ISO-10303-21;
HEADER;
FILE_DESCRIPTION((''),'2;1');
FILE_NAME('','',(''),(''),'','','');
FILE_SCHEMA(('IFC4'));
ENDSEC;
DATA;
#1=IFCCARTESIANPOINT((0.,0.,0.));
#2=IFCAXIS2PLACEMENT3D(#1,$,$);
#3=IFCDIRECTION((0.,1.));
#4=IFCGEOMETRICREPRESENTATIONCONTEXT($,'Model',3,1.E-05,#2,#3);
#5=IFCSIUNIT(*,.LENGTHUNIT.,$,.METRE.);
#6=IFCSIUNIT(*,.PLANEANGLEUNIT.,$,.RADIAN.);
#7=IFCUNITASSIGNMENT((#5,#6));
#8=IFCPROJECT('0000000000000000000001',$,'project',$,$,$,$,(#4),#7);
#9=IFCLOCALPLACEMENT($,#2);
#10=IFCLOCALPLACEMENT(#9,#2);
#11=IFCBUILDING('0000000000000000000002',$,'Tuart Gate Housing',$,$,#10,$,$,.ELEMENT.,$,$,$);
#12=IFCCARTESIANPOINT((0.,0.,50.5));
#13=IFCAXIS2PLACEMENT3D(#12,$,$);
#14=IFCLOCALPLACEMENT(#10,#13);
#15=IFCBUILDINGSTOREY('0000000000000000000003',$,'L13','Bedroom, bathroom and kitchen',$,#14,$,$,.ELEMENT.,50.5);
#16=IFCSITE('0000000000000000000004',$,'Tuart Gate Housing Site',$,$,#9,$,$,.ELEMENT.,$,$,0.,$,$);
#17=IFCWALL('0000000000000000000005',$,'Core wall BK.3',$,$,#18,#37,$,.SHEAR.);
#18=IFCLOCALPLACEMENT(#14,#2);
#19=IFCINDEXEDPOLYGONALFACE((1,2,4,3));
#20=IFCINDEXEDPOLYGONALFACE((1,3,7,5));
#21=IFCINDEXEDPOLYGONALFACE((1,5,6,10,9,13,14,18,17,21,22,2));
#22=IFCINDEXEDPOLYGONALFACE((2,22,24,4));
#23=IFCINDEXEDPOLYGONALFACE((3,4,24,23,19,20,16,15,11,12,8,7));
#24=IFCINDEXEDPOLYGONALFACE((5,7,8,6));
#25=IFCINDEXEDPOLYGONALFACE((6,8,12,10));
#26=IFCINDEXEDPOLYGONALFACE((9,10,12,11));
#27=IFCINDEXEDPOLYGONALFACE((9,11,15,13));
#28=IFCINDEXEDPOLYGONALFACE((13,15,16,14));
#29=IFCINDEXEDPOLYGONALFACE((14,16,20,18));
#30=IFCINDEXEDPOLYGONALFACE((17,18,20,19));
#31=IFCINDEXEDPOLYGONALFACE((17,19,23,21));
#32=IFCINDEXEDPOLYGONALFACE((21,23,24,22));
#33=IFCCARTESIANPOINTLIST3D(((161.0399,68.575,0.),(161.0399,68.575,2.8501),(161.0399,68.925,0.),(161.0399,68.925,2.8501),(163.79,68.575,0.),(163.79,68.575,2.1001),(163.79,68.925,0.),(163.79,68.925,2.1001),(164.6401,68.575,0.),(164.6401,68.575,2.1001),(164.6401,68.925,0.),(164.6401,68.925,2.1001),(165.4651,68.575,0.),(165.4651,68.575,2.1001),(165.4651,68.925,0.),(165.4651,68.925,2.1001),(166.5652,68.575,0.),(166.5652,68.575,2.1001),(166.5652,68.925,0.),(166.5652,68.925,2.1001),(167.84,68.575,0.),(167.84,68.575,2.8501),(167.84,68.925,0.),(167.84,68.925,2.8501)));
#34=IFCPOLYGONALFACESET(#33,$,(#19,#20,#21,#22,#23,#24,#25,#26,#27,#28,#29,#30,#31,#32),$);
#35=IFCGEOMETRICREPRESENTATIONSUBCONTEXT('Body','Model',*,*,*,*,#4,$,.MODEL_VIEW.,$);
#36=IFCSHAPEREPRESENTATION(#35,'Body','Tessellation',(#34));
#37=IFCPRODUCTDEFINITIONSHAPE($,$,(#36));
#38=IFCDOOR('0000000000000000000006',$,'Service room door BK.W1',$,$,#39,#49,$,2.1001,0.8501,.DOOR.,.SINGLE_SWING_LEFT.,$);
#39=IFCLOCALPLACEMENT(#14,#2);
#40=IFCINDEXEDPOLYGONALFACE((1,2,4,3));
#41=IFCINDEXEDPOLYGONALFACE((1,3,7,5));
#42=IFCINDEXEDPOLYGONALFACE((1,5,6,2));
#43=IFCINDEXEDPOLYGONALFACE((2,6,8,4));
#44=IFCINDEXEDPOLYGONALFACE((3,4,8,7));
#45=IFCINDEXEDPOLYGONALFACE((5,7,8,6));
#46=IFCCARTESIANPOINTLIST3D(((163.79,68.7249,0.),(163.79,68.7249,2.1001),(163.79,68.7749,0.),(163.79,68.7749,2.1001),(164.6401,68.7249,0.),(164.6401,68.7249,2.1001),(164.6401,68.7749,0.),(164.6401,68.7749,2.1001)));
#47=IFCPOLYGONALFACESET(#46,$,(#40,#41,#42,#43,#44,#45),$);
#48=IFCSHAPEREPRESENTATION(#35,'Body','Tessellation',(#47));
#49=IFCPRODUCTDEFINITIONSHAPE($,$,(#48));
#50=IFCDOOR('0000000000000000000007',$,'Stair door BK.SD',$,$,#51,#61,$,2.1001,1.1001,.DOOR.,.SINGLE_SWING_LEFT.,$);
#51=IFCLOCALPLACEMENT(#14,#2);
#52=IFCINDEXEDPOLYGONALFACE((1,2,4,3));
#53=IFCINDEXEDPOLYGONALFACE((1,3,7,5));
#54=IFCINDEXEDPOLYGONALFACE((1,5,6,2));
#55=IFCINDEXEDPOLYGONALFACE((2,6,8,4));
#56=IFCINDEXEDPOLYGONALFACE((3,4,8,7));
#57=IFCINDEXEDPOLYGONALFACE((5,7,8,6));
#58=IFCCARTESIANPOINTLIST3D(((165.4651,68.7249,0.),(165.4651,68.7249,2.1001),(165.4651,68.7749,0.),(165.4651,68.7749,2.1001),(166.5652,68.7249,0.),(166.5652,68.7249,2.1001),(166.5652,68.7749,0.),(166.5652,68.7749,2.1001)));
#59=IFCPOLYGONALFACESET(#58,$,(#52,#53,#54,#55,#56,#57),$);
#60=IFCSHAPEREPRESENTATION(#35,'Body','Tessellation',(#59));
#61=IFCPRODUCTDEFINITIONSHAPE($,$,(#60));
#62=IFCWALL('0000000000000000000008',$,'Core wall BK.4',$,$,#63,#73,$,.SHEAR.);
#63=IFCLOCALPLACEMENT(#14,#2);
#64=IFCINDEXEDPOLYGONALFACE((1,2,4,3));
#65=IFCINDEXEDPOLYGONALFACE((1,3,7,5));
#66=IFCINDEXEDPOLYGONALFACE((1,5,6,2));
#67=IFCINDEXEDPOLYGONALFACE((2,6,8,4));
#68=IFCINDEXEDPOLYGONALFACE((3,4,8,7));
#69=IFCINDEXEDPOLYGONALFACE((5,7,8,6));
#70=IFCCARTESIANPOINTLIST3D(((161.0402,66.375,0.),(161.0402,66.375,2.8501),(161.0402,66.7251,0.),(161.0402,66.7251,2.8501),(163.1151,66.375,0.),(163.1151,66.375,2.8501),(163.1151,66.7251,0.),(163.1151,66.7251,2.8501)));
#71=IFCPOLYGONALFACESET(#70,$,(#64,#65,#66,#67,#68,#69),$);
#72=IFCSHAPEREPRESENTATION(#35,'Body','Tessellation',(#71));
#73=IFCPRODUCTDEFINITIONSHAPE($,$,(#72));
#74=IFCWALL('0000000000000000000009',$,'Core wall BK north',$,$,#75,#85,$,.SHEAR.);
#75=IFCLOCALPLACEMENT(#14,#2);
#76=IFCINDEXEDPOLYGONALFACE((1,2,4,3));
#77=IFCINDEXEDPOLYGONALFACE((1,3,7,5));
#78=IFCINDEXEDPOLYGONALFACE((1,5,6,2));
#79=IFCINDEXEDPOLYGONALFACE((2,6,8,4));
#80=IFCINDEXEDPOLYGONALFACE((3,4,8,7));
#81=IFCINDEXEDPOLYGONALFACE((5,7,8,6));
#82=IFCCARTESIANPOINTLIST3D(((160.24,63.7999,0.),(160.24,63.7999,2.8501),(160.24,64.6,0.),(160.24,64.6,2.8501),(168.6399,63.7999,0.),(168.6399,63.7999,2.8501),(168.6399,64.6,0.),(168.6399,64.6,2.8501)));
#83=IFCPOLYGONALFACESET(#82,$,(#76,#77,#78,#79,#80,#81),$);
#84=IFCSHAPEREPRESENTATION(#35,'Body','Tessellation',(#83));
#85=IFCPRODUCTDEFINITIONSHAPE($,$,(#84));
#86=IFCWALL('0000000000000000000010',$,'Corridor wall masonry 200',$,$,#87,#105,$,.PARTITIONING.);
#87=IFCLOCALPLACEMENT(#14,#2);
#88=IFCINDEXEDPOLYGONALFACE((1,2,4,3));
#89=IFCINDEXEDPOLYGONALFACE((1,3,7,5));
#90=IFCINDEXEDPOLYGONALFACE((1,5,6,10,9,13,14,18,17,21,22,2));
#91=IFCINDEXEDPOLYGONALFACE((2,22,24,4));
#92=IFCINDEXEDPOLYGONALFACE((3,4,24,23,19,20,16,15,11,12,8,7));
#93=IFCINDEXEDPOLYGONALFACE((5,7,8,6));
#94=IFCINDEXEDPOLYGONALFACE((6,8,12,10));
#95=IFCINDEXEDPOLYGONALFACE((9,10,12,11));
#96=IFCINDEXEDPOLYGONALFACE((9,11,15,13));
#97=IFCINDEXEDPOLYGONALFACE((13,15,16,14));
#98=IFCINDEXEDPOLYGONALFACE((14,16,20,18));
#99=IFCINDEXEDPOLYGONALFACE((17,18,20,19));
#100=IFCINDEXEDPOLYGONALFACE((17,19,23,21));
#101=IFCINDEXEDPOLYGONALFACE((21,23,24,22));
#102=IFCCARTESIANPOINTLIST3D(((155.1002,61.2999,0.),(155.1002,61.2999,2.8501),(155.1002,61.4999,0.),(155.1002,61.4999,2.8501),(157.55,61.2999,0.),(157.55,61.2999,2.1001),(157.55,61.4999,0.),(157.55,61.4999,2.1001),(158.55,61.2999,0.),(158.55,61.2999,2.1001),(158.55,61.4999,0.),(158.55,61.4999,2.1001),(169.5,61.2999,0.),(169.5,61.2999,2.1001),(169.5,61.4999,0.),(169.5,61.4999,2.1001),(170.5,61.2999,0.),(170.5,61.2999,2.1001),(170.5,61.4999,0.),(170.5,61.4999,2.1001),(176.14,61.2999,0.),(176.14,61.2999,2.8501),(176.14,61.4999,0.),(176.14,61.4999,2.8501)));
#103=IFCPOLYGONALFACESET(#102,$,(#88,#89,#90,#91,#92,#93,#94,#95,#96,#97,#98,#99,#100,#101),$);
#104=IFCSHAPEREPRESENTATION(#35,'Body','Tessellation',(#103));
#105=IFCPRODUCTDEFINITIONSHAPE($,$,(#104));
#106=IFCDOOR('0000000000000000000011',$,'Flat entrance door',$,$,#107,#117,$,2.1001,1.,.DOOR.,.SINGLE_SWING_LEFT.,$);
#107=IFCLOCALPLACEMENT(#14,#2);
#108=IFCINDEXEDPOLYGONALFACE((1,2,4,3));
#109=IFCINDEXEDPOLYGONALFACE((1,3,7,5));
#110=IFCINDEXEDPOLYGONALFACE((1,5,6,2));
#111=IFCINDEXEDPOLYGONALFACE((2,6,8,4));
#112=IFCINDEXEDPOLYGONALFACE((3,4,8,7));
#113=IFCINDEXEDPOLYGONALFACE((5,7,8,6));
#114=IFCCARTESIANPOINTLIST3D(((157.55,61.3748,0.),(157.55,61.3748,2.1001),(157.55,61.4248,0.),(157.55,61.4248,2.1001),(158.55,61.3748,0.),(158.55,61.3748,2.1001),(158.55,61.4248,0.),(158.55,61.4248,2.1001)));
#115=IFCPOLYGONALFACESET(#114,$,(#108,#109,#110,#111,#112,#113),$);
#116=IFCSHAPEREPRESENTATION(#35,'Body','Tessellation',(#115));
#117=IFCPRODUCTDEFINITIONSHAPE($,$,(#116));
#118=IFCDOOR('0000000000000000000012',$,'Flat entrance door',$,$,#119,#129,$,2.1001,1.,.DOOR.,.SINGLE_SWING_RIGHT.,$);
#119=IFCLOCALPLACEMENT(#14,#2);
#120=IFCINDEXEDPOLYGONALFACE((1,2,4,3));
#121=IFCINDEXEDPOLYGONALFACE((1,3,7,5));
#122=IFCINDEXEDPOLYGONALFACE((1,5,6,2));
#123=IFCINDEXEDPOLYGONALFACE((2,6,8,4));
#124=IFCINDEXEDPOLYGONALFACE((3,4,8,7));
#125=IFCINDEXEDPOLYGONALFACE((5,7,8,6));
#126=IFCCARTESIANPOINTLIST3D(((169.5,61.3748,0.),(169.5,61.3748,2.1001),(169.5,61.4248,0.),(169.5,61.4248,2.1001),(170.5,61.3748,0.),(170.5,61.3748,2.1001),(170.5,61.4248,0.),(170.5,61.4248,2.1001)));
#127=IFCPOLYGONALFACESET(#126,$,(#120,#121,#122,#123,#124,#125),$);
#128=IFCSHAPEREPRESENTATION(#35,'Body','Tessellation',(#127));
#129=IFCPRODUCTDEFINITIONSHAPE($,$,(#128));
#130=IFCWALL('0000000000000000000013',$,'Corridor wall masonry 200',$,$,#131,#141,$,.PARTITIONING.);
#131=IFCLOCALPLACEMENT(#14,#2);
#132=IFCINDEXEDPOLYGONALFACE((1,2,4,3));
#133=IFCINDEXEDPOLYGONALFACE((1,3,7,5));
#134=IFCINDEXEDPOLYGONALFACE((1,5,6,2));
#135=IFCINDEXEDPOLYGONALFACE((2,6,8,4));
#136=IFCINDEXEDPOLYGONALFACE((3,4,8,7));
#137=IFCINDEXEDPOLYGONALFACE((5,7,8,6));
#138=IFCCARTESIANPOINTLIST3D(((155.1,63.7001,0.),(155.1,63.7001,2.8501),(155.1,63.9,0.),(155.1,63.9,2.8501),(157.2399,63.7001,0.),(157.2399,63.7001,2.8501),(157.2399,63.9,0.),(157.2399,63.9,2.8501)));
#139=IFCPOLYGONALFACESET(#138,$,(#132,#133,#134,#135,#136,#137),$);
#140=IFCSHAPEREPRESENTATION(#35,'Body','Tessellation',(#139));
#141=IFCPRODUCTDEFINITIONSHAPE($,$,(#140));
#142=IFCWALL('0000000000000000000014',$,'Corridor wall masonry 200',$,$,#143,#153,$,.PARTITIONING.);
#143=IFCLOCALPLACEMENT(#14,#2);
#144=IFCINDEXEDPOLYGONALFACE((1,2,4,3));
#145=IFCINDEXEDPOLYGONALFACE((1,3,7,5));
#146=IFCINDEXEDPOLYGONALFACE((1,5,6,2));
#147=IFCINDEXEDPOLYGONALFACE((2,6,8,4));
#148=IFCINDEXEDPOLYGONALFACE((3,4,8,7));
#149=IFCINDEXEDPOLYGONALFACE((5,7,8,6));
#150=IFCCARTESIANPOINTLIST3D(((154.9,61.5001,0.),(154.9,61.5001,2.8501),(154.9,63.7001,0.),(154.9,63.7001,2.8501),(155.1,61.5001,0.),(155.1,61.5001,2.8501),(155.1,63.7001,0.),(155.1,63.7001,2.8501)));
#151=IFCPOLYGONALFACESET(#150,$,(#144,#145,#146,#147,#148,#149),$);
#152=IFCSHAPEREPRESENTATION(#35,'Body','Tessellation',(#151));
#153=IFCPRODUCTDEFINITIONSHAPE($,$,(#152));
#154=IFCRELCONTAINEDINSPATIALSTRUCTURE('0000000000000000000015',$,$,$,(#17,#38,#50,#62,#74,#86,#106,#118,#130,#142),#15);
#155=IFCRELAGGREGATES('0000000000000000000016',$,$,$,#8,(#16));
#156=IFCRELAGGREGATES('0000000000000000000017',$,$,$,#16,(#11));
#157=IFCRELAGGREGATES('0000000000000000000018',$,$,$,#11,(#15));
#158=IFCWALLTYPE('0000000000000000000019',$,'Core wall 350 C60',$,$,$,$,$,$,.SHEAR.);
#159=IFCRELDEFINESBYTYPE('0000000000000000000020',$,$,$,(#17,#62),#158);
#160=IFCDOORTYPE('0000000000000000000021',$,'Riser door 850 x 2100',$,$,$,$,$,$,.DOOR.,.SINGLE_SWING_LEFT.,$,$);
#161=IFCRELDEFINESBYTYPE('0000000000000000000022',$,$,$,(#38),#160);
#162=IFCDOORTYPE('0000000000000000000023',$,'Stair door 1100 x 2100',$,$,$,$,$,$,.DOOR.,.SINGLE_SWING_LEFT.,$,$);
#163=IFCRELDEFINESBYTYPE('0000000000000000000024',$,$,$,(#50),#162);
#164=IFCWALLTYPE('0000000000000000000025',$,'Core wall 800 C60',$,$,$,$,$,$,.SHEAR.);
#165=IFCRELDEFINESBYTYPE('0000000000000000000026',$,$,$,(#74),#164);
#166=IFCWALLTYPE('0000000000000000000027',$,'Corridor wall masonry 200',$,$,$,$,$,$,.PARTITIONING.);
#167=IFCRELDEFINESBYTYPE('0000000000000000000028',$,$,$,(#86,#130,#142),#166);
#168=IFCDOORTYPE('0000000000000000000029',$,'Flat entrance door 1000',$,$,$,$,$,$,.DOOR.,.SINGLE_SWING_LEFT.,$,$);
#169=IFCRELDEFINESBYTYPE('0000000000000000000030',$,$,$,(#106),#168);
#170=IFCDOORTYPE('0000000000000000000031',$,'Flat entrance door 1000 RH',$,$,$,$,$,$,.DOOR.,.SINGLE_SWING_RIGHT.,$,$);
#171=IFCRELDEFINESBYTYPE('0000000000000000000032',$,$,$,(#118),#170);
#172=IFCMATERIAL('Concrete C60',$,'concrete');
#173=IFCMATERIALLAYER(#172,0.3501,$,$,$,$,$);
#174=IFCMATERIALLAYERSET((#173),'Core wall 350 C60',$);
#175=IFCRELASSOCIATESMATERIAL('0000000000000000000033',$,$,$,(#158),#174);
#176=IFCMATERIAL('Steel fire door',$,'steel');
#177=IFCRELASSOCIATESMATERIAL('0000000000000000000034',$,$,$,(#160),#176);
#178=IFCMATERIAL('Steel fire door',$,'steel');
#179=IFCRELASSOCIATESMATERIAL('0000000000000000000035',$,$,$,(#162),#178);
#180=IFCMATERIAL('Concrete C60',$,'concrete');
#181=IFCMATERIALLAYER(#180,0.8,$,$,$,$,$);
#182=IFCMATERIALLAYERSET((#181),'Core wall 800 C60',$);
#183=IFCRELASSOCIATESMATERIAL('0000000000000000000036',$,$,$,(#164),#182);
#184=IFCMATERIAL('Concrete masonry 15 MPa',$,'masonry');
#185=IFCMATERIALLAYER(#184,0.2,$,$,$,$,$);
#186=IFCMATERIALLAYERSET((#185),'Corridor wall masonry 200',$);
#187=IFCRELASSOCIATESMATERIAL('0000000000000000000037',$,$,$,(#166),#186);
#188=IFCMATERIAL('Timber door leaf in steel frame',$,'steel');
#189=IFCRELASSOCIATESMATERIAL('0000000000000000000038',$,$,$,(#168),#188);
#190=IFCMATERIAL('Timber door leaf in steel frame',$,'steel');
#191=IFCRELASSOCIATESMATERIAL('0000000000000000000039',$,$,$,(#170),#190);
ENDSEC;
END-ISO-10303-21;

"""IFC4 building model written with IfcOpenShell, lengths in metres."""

from ifc_helpers import new_model, si_unit, direction, frame, frame_2d, origin, place, context, subcontext, project, spatial, rectangle, extrude, material, layer, layer_set, type_object, element, fill, save


model = new_model("IFC4")

# Units and contexts
model_context = context("Model", 3, precision=1e-05, world=origin(), true_north=direction((0.0, 1.0)))
body_context = subcontext(model_context, "Body", "Model", "MODEL_VIEW")
ifc_project = project(units=[si_unit("LENGTHUNIT", "METRE"), si_unit("PLANEANGLEUNIT", "RADIAN")], contexts=[model_context])

# Site, building, storey
site_placement = place(None, origin())
site = spatial("IfcSite", under=ifc_project, at=site_placement, Name="Tuart Gate Housing Site", CompositionType="ELEMENT", RefElevation=0.0)
building_placement = place(site_placement, origin())
building = spatial("IfcBuilding", under=site, at=building_placement, Name="Tuart Gate Housing", CompositionType="ELEMENT")
storey_placement = place(building_placement, frame((0.0, 0.0, 50.5)))
storey = spatial("IfcBuildingStorey", under=building, at=storey_placement, Name="L13", Description="Bedroom, bathroom and kitchen", CompositionType="ELEMENT", Elevation=50.5)

# Wall, openings, doors
ifc_material_1 = material(Name="Concrete C60", Category="concrete")
ifc_layer_1 = layer(ifc_material_1, 0.3501)
ifc_layer_set_1 = layer_set([ifc_layer_1], Name="Core wall 350 C60")
wall_type_1 = type_object("IfcWallType", Name="Core wall 350 C60", PredefinedType="SHEAR", material=ifc_layer_set_1)
wall_1_placement = place(storey_placement, frame((161.04, 68.75, 0.0), z_axis=(0.0, 0.0, 1.0), x_axis=(1.0, 0.0, 0.0)))
wall_1 = element("IfcWall", 1, at=wall_1_placement, inside=storey, type_object=wall_type_1, Name="Core wall BK.3", PredefinedType="SHEAR", context=body_context, shape_type="SweptSolid", body=[
    extrude(rectangle(XDim=6.8, YDim=0.3501, at=frame_2d((3.3999, 0.0))), origin(), (0.0, 0.0, 1.0), 2.8501),
])
opening_1_placement = place(wall_1_placement, frame((4.425, 0.0, 0.0)))
opening_1 = element("IfcOpeningElement", 2, at=opening_1_placement, cuts=wall_1, PredefinedType="OPENING", context=body_context, shape_type="SweptSolid", body=[
    extrude(rectangle(XDim=1.1001, YDim=2.1001, at=frame_2d((0.55, 1.05))), frame((0.0, 0.1851, 0.0), z_axis=(0.0, -1.0, 0.0), x_axis=(1.0, 0.0, 0.0)), (0.0, 0.0, 1.0), 0.3701),
])
opening_2_placement = place(wall_1_placement, frame((2.75, 0.0, 0.0)))
opening_2 = element("IfcOpeningElement", 3, at=opening_2_placement, cuts=wall_1, PredefinedType="OPENING", context=body_context, shape_type="SweptSolid", body=[
    extrude(rectangle(XDim=0.8501, YDim=2.1001, at=frame_2d((0.425, 1.05))), frame((0.0, 0.1851, 0.0), z_axis=(0.0, -1.0, 0.0), x_axis=(1.0, 0.0, 0.0)), (0.0, 0.0, 1.0), 0.3701),
])
ifc_material_2 = material(Name="Steel fire door", Category="steel")
door_type_1 = type_object("IfcDoorType", Name="Riser door 850 x 2100", OperationType="SINGLE_SWING_LEFT", PredefinedType="DOOR", material=ifc_material_2)
door_1_placement = place(opening_2_placement, origin())
door_1 = element("IfcDoor", 4, at=door_1_placement, inside=storey, type_object=door_type_1, Name="Service room door BK.W1", OperationType="SINGLE_SWING_LEFT", OverallHeight=2.1001, OverallWidth=0.8501, PredefinedType="DOOR", context=body_context, shape_type="SweptSolid", body=[
    extrude(rectangle(XDim=0.8501, YDim=2.1001, at=frame_2d((0.425, 1.05))), frame((0.0, 0.0249, 0.0), z_axis=(0.0, -1.0, 0.0), x_axis=(1.0, 0.0, 0.0)), (0.0, 0.0, 1.0), 0.05),
])
fill(opening_2, door_1)
ifc_material_3 = material(Name="Steel fire door", Category="steel")
door_type_2 = type_object("IfcDoorType", Name="Stair door 1100 x 2100", OperationType="SINGLE_SWING_LEFT", PredefinedType="DOOR", material=ifc_material_3)
door_2_placement = place(opening_1_placement, origin())
door_2 = element("IfcDoor", 5, at=door_2_placement, inside=storey, type_object=door_type_2, Name="Stair door BK.SD", OperationType="SINGLE_SWING_LEFT", OverallHeight=2.1001, OverallWidth=1.1001, PredefinedType="DOOR", context=body_context, shape_type="SweptSolid", body=[
    extrude(rectangle(XDim=1.1001, YDim=2.1001, at=frame_2d((0.55, 1.05))), frame((0.0, 0.0249, 0.0), z_axis=(0.0, -1.0, 0.0), x_axis=(1.0, 0.0, 0.0)), (0.0, 0.0, 1.0), 0.05),
])
fill(opening_1, door_2)

# Walls
wall_2_placement = place(storey_placement, frame((161.04, 66.55, 0.0), z_axis=(0.0, 0.0, 1.0), x_axis=(1.0, 0.0, 0.0)))
element("IfcWall", 6, at=wall_2_placement, inside=storey, type_object=wall_type_1, Name="Core wall BK.4", PredefinedType="SHEAR", context=body_context, shape_type="SweptSolid", body=[
    extrude(rectangle(XDim=2.075, YDim=0.3501, at=frame_2d((1.0376, 0.0))), origin(), (0.0, 0.0, 1.0), 2.8501),
])
ifc_material_4 = material(Name="Concrete C60", Category="concrete")
ifc_layer_2 = layer(ifc_material_4, 0.8)
ifc_layer_set_2 = layer_set([ifc_layer_2], Name="Core wall 800 C60")
wall_type_2 = type_object("IfcWallType", Name="Core wall 800 C60", PredefinedType="SHEAR", material=ifc_layer_set_2)
wall_3_placement = place(storey_placement, frame((160.24, 64.2, 0.0), z_axis=(0.0, 0.0, 1.0), x_axis=(1.0, 0.0, 0.0)))
element("IfcWall", 7, at=wall_3_placement, inside=storey, type_object=wall_type_2, Name="Core wall BK north", PredefinedType="SHEAR", context=body_context, shape_type="SweptSolid", body=[
    extrude(rectangle(XDim=8.3999, YDim=0.8, at=frame_2d((4.2, 0.0))), origin(), (0.0, 0.0, 1.0), 2.8501),
])

# Wall, openings, doors
ifc_material_5 = material(Name="Concrete masonry 15 MPa", Category="masonry")
ifc_layer_3 = layer(ifc_material_5, 0.2)
ifc_layer_set_3 = layer_set([ifc_layer_3], Name="Corridor wall masonry 200")
wall_type_3 = type_object("IfcWallType", Name="Corridor wall masonry 200", PredefinedType="PARTITIONING", material=ifc_layer_set_3)
wall_4_placement = place(storey_placement, frame((155.1001, 61.3999, 0.0), z_axis=(0.0, 0.0, 1.0), x_axis=(1.0, 0.0, 0.0)))
wall_4 = element("IfcWall", 8, at=wall_4_placement, inside=storey, type_object=wall_type_3, Name="Corridor wall masonry 200", PredefinedType="PARTITIONING", context=body_context, shape_type="SweptSolid", body=[
    extrude(rectangle(XDim=21.0398, YDim=0.2, at=frame_2d((10.52, 0.0))), origin(), (0.0, 0.0, 1.0), 2.8501),
])
opening_3_placement = place(wall_4_placement, frame((2.45, 0.0, 0.0)))
opening_3 = element("IfcOpeningElement", 9, at=opening_3_placement, cuts=wall_4, PredefinedType="OPENING", context=body_context, shape_type="SweptSolid", body=[
    extrude(rectangle(XDim=1.0, YDim=2.1001, at=frame_2d((0.5, 1.05))), frame((0.0, 0.1099, 0.0), z_axis=(0.0, -1.0, 0.0), x_axis=(1.0, 0.0, 0.0)), (0.0, 0.0, 1.0), 0.22),
])
opening_4_placement = place(wall_4_placement, frame((14.3999, 0.0, 0.0)))
opening_4 = element("IfcOpeningElement", 10, at=opening_4_placement, cuts=wall_4, PredefinedType="OPENING", context=body_context, shape_type="SweptSolid", body=[
    extrude(rectangle(XDim=1.0, YDim=2.1001, at=frame_2d((0.5, 1.05))), frame((0.0, 0.1099, 0.0), z_axis=(0.0, -1.0, 0.0), x_axis=(1.0, 0.0, 0.0)), (0.0, 0.0, 1.0), 0.22),
])
ifc_material_6 = material(Name="Timber door leaf in steel frame", Category="steel")
door_type_3 = type_object("IfcDoorType", Name="Flat entrance door 1000", OperationType="SINGLE_SWING_LEFT", PredefinedType="DOOR", material=ifc_material_6)
door_3_placement = place(opening_3_placement, frame((1.0, 0.0, 0.0), z_axis=(0.0, 0.0, 1.0), x_axis=(-1.0, 0.0, 0.0)))
door_3 = element("IfcDoor", 11, at=door_3_placement, inside=storey, type_object=door_type_3, Name="Flat entrance door", OperationType="SINGLE_SWING_LEFT", OverallHeight=2.1001, OverallWidth=1.0, PredefinedType="DOOR", context=body_context, shape_type="SweptSolid", body=[
    extrude(rectangle(XDim=1.0, YDim=2.1001, at=frame_2d((0.5, 1.05))), frame((0.0, 0.0251, 0.0), z_axis=(0.0, -1.0, 0.0), x_axis=(1.0, 0.0, 0.0)), (0.0, 0.0, 1.0), 0.05),
])
fill(opening_3, door_3)
ifc_material_7 = material(Name="Timber door leaf in steel frame", Category="steel")
door_type_4 = type_object("IfcDoorType", Name="Flat entrance door 1000 RH", OperationType="SINGLE_SWING_RIGHT", PredefinedType="DOOR", material=ifc_material_7)
door_4_placement = place(opening_4_placement, frame((1.0, 0.0, 0.0), z_axis=(0.0, 0.0, 1.0), x_axis=(-1.0, 0.0, 0.0)))
door_4 = element("IfcDoor", 12, at=door_4_placement, inside=storey, type_object=door_type_4, Name="Flat entrance door", OperationType="SINGLE_SWING_RIGHT", OverallHeight=2.1001, OverallWidth=1.0, PredefinedType="DOOR", context=body_context, shape_type="SweptSolid", body=[
    extrude(rectangle(XDim=1.0, YDim=2.1001, at=frame_2d((0.5, 1.05))), frame((0.0, 0.0251, 0.0), z_axis=(0.0, -1.0, 0.0), x_axis=(1.0, 0.0, 0.0)), (0.0, 0.0, 1.0), 0.05),
])
fill(opening_4, door_4)

# Walls
wall_5_placement = place(storey_placement, frame((155.1001, 63.8, 0.0), z_axis=(0.0, 0.0, 1.0), x_axis=(1.0, 0.0, 0.0)))
element("IfcWall", 13, at=wall_5_placement, inside=storey, type_object=wall_type_3, Name="Corridor wall masonry 200", PredefinedType="PARTITIONING", context=body_context, shape_type="SweptSolid", body=[
    extrude(rectangle(XDim=2.1399, YDim=0.2, at=frame_2d((1.0698, 0.0))), origin(), (0.0, 0.0, 1.0), 2.8501),
])
wall_6_placement = place(storey_placement, frame((155.0, 61.5, 0.0), z_axis=(0.0, 0.0, 1.0), x_axis=(0.0, 1.0, 0.0)))
element("IfcWall", 14, at=wall_6_placement, inside=storey, type_object=wall_type_3, Name="Corridor wall masonry 200", PredefinedType="PARTITIONING", context=body_context, shape_type="SweptSolid", body=[
    extrude(rectangle(XDim=2.2, YDim=0.2, at=frame_2d((1.1001, 0.0))), origin(), (0.0, 0.0, 1.0), 2.8501),
])

save(model, "model.ifc")
